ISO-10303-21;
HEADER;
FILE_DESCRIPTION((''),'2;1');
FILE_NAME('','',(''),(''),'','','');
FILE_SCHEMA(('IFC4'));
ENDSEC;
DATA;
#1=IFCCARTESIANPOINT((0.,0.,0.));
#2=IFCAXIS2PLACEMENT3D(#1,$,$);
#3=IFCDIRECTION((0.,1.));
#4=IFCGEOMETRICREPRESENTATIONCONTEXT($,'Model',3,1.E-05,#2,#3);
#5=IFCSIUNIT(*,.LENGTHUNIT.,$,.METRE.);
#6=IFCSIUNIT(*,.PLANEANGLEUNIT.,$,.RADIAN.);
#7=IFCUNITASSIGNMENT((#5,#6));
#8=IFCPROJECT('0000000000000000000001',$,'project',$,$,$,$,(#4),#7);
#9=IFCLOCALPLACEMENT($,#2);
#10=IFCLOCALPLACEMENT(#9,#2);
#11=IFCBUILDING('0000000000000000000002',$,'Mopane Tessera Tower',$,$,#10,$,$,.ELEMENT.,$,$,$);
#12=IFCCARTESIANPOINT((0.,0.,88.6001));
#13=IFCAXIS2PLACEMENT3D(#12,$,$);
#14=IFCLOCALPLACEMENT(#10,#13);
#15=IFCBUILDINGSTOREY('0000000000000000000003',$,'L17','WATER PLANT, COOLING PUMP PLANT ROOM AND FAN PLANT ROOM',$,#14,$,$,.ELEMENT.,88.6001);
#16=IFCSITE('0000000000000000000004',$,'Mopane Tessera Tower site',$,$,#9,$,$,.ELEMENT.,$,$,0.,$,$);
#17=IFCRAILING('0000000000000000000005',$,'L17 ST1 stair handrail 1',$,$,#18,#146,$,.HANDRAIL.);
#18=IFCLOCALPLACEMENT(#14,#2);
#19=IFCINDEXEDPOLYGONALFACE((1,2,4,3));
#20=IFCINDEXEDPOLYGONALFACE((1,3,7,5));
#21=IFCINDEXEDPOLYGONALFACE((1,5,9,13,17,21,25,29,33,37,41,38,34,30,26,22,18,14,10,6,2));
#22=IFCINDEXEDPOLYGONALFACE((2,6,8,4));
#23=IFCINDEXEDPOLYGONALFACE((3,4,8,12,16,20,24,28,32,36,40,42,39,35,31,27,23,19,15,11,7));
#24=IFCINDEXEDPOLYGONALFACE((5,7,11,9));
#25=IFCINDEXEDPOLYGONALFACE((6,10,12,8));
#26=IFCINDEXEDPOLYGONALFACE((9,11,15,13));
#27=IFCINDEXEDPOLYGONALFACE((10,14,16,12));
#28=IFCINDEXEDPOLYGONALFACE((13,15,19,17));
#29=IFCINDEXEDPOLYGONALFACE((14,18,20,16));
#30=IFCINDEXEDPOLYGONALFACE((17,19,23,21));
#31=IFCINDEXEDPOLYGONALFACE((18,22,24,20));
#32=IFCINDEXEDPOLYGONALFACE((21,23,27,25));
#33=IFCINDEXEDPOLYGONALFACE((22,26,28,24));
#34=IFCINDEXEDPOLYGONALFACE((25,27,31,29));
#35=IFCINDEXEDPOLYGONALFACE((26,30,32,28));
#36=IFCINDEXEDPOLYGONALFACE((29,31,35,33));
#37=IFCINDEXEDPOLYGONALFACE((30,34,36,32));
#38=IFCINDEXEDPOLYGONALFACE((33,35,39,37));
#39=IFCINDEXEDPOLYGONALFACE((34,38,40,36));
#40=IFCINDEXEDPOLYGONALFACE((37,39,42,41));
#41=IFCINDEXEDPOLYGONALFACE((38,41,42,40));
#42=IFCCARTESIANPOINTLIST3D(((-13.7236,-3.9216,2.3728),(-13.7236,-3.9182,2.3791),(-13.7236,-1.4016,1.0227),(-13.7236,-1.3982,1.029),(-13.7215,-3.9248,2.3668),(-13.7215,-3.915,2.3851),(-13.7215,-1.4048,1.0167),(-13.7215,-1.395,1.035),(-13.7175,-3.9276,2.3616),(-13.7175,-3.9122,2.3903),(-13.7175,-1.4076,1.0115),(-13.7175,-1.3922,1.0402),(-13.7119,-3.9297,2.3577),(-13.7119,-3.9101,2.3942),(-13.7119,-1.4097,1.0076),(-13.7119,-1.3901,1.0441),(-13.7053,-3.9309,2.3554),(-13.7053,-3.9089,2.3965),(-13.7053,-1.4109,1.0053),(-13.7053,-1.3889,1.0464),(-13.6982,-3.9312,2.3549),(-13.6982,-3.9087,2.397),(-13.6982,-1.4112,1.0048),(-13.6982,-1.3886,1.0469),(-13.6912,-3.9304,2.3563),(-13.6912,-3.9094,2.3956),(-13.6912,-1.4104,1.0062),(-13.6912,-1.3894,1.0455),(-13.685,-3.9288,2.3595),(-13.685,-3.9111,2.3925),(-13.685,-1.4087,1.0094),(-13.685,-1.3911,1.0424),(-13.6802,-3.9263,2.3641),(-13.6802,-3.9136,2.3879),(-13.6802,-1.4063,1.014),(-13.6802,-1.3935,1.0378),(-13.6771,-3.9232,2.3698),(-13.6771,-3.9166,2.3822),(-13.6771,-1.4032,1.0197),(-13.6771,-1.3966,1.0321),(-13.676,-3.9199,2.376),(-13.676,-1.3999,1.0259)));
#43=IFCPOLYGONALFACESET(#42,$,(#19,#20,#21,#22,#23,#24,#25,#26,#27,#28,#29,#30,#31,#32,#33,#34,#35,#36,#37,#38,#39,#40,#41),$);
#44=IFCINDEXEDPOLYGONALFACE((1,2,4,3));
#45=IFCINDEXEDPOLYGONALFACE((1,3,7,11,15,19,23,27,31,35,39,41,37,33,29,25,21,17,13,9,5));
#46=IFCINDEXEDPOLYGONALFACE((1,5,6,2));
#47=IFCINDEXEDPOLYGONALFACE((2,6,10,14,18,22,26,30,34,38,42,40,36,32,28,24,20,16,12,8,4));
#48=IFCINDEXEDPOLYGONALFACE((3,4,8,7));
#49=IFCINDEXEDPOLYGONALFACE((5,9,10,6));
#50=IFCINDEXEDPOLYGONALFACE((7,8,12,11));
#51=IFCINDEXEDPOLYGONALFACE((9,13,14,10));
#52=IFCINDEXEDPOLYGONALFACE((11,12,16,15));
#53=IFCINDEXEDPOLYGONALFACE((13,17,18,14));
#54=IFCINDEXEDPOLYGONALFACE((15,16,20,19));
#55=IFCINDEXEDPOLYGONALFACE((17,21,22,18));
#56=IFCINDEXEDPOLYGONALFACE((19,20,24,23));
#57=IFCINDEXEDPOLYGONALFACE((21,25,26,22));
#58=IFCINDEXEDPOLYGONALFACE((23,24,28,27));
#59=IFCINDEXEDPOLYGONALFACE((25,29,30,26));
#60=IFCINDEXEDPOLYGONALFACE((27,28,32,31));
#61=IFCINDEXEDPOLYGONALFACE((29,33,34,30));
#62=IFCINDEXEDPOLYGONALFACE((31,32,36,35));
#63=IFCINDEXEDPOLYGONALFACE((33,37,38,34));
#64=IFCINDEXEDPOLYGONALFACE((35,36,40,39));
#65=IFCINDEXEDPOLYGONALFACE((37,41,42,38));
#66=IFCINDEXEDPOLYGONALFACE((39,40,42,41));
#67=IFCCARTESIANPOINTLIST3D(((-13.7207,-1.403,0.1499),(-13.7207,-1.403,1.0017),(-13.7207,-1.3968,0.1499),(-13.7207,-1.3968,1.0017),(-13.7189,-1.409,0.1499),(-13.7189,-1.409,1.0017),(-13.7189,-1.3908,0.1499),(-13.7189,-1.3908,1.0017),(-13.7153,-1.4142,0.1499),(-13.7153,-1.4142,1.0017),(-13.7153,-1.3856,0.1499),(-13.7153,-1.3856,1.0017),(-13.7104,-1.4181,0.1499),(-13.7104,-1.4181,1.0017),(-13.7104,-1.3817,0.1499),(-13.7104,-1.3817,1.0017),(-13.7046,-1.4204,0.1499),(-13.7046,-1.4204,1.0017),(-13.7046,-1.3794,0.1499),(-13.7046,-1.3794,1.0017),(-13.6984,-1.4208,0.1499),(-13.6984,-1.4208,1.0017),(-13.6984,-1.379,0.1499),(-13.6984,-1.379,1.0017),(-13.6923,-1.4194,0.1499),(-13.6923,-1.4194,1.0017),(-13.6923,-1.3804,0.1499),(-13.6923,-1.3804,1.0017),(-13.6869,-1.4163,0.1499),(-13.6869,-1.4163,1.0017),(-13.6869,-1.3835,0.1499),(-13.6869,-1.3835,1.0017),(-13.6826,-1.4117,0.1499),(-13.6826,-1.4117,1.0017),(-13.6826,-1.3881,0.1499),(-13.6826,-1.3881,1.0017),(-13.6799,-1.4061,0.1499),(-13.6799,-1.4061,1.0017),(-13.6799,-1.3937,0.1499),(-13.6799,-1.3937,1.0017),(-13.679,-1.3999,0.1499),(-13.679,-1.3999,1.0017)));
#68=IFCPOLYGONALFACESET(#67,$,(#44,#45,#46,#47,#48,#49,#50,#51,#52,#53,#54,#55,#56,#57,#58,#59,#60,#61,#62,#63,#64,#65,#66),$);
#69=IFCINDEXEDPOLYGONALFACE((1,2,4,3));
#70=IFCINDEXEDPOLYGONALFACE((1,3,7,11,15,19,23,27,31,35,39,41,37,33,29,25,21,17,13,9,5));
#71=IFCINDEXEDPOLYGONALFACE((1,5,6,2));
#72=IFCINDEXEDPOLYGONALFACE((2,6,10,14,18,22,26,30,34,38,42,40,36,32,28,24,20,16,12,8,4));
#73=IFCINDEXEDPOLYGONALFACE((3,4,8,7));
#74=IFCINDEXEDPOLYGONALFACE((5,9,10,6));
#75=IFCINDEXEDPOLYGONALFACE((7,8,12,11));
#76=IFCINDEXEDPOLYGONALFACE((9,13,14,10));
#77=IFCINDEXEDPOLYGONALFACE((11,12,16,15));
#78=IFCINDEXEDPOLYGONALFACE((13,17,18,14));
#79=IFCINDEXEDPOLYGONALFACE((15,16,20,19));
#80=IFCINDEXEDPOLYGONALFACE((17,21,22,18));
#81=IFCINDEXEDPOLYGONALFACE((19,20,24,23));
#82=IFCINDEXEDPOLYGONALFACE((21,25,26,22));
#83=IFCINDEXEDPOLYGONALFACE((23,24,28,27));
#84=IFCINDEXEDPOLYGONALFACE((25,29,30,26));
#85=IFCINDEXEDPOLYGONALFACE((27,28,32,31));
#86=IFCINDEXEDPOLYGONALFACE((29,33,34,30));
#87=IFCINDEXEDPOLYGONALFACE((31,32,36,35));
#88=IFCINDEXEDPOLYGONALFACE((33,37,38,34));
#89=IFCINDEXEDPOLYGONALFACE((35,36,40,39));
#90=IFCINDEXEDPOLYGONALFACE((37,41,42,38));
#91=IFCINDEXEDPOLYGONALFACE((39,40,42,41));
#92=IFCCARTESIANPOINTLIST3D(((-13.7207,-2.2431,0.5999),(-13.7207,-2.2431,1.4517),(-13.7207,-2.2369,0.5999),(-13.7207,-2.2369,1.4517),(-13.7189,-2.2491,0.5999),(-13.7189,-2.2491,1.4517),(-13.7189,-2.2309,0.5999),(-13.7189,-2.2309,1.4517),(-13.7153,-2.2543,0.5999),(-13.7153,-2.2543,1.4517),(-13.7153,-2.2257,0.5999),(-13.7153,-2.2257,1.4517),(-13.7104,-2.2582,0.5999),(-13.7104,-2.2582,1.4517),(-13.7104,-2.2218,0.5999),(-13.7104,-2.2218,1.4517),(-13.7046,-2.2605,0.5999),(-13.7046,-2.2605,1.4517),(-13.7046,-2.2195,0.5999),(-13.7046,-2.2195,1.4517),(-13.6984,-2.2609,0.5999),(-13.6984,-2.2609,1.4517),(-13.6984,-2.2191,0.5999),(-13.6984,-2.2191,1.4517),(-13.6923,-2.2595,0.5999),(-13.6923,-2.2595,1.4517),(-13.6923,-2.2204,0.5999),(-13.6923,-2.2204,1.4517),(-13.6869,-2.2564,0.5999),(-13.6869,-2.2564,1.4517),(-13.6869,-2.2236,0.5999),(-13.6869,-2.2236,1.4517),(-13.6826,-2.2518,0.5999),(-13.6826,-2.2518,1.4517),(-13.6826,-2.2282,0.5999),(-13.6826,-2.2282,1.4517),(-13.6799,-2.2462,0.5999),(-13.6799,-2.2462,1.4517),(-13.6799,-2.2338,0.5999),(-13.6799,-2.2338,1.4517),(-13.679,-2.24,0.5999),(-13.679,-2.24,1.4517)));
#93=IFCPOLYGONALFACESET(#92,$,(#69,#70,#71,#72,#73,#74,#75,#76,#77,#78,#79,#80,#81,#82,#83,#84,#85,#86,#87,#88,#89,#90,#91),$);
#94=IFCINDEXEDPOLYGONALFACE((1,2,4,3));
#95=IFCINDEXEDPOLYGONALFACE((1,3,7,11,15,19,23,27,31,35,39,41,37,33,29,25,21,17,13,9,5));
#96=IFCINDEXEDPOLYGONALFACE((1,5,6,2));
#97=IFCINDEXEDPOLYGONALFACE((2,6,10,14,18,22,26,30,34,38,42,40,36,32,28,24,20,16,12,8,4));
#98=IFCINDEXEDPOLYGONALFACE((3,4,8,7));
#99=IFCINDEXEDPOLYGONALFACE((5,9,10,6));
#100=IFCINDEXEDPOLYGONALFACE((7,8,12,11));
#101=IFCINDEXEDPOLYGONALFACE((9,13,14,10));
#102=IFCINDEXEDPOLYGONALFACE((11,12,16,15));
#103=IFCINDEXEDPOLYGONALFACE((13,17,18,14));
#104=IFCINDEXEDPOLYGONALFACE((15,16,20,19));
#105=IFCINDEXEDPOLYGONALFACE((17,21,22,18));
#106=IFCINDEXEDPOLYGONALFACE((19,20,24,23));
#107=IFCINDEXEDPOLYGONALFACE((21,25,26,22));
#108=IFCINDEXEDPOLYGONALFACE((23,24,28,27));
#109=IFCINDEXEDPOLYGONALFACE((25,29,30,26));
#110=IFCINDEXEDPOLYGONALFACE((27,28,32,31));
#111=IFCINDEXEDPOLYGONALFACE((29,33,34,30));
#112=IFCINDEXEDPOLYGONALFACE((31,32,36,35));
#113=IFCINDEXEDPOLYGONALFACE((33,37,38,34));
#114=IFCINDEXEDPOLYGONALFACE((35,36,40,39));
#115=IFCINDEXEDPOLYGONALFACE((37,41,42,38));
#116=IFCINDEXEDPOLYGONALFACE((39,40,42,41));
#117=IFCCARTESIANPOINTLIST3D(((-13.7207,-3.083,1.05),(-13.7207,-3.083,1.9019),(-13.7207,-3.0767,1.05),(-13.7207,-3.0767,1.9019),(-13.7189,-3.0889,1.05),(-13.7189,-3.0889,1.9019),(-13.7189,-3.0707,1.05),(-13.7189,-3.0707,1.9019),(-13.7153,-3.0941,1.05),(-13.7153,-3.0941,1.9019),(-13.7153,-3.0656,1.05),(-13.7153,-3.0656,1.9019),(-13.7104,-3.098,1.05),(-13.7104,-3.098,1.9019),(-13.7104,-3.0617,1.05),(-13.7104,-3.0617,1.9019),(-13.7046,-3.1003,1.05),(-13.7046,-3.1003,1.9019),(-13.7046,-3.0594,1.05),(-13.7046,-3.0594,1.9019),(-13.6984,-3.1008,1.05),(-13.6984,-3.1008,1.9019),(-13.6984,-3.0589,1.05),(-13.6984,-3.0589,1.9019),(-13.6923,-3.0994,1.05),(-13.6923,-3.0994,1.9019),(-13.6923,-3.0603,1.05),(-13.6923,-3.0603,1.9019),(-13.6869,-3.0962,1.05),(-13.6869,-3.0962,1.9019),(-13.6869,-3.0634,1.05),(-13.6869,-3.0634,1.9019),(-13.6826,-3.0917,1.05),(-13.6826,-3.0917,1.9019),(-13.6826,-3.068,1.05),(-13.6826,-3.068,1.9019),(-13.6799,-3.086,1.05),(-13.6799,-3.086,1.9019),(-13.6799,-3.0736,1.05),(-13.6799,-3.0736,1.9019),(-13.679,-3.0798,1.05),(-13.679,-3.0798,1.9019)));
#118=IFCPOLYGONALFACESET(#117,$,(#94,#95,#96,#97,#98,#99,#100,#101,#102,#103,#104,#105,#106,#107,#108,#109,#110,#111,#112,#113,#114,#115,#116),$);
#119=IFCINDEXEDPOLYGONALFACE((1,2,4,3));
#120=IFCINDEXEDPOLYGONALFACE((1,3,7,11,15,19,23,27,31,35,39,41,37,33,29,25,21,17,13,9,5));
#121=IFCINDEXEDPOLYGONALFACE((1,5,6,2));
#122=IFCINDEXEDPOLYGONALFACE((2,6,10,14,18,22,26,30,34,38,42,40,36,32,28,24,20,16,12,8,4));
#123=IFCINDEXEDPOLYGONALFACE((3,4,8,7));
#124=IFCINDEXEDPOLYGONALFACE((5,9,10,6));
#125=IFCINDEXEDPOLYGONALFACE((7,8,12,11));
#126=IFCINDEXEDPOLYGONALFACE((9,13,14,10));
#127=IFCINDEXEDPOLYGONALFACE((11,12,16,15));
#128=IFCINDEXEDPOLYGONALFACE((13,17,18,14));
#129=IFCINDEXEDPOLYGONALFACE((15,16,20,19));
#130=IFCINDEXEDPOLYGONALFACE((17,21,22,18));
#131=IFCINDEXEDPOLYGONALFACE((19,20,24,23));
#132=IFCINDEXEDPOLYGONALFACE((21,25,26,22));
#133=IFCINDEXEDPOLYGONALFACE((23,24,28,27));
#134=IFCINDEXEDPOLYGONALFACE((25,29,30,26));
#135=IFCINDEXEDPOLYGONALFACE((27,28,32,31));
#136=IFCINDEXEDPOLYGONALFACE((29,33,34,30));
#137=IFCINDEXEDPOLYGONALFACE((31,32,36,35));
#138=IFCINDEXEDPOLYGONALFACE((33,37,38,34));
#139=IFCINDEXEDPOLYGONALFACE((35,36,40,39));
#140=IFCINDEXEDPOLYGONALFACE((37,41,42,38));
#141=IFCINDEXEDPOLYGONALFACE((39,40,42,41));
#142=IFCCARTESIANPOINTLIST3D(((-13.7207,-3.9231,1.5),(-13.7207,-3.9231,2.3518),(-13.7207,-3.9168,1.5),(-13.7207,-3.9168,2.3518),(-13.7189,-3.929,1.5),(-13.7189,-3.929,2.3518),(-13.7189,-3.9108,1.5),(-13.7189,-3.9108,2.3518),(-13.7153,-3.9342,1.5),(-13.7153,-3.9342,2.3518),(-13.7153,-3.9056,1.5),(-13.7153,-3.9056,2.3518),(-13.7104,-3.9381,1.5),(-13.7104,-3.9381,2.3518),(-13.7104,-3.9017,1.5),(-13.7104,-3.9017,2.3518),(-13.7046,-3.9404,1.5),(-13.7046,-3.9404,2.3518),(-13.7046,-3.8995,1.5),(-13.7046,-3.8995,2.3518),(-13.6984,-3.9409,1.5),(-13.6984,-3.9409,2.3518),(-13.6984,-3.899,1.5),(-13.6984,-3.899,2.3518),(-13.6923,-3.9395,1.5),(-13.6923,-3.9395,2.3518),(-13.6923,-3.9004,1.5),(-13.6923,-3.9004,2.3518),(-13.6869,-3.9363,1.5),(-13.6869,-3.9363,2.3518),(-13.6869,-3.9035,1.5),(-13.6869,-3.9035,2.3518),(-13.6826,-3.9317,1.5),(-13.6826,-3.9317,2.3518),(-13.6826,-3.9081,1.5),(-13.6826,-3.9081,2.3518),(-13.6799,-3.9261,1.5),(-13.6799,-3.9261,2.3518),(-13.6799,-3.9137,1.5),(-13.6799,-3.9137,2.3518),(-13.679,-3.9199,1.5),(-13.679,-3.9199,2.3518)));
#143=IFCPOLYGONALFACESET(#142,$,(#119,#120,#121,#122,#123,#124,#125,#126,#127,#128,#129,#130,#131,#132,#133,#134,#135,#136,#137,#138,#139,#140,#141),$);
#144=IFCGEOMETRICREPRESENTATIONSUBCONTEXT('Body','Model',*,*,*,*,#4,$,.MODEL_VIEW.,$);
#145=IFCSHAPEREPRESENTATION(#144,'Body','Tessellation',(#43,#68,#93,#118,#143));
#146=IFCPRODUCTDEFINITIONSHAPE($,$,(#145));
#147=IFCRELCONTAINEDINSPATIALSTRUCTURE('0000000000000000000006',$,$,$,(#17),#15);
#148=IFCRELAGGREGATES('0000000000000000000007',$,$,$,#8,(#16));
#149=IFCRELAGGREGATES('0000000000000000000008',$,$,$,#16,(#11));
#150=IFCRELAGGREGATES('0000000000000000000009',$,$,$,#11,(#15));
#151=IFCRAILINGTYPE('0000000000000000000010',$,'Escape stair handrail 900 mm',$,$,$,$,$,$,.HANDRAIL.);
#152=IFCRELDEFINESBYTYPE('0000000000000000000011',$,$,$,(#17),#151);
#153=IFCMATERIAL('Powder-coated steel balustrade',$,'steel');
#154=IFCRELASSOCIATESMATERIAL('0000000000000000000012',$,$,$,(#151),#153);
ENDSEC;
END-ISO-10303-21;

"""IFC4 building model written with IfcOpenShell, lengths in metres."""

from ifc_helpers import new_model, si_unit, direction, frame, origin, origin_2d, place, context, subcontext, project, spatial, circle, extrude, material, type_object, element, save


model = new_model("IFC4")

# Units and contexts
model_context = context("Model", 3, precision=1e-05, world=origin(), true_north=direction((0.0, 1.0)))
body_context = subcontext(model_context, "Body", "Model", "MODEL_VIEW")
ifc_project = project(units=[si_unit("LENGTHUNIT", "METRE"), si_unit("PLANEANGLEUNIT", "RADIAN")], contexts=[model_context])

# Site, building, storey
site_placement = place(None, origin())
site = spatial("IfcSite", under=ifc_project, at=site_placement, Name="Mopane Tessera Tower site", CompositionType="ELEMENT", RefElevation=0.0)
building_placement = place(site_placement, origin())
building = spatial("IfcBuilding", under=site, at=building_placement, Name="Mopane Tessera Tower", CompositionType="ELEMENT")
storey_placement = place(building_placement, frame((0.0, 0.0, 88.6001)))
storey = spatial("IfcBuildingStorey", under=building, at=storey_placement, Name="L17", Description="WATER PLANT, COOLING PUMP PLANT ROOM AND FAN PLANT ROOM", CompositionType="ELEMENT", Elevation=88.6001)

# Railing
ifc_material_1 = material(Name="Powder-coated steel balustrade", Category="steel")
railing_type_1 = type_object("IfcRailingType", Name="Escape stair handrail 900 mm", PredefinedType="HANDRAIL", material=ifc_material_1)
railing_1_placement = place(storey_placement, frame((-13.7, -1.3999, 0.1499)))
element("IfcRailing", 1, at=railing_1_placement, inside=storey, type_object=railing_type_1, Name="L17 ST1 stair handrail 1", PredefinedType="HANDRAIL", context=body_context, shape_type="SweptSolid", body=[
    extrude(circle(Radius=0.0239, at=origin_2d()), frame((0.0, 0.0, 0.876), z_axis=(0.0, -0.881467, 0.472245), x_axis=(1.0, 0.0, 0.0)), (0.0, 0.0, 1.0), 2.8589),
    extrude(circle(Radius=0.021, at=origin_2d()), origin(), (0.0, 0.0, 1.0), 0.8518),
    extrude(circle(Radius=0.021, at=origin_2d()), frame((0.0, -0.8401, 0.45)), (0.0, 0.0, 1.0), 0.8518),
    extrude(circle(Radius=0.021, at=origin_2d()), frame((0.0, -1.6799, 0.9001)), (0.0, 0.0, 1.0), 0.8518),
    extrude(circle(Radius=0.021, at=origin_2d()), frame((0.0, -2.52, 1.3501)), (0.0, 0.0, 1.0), 0.8518),
])

save(model, "model.ifc")
